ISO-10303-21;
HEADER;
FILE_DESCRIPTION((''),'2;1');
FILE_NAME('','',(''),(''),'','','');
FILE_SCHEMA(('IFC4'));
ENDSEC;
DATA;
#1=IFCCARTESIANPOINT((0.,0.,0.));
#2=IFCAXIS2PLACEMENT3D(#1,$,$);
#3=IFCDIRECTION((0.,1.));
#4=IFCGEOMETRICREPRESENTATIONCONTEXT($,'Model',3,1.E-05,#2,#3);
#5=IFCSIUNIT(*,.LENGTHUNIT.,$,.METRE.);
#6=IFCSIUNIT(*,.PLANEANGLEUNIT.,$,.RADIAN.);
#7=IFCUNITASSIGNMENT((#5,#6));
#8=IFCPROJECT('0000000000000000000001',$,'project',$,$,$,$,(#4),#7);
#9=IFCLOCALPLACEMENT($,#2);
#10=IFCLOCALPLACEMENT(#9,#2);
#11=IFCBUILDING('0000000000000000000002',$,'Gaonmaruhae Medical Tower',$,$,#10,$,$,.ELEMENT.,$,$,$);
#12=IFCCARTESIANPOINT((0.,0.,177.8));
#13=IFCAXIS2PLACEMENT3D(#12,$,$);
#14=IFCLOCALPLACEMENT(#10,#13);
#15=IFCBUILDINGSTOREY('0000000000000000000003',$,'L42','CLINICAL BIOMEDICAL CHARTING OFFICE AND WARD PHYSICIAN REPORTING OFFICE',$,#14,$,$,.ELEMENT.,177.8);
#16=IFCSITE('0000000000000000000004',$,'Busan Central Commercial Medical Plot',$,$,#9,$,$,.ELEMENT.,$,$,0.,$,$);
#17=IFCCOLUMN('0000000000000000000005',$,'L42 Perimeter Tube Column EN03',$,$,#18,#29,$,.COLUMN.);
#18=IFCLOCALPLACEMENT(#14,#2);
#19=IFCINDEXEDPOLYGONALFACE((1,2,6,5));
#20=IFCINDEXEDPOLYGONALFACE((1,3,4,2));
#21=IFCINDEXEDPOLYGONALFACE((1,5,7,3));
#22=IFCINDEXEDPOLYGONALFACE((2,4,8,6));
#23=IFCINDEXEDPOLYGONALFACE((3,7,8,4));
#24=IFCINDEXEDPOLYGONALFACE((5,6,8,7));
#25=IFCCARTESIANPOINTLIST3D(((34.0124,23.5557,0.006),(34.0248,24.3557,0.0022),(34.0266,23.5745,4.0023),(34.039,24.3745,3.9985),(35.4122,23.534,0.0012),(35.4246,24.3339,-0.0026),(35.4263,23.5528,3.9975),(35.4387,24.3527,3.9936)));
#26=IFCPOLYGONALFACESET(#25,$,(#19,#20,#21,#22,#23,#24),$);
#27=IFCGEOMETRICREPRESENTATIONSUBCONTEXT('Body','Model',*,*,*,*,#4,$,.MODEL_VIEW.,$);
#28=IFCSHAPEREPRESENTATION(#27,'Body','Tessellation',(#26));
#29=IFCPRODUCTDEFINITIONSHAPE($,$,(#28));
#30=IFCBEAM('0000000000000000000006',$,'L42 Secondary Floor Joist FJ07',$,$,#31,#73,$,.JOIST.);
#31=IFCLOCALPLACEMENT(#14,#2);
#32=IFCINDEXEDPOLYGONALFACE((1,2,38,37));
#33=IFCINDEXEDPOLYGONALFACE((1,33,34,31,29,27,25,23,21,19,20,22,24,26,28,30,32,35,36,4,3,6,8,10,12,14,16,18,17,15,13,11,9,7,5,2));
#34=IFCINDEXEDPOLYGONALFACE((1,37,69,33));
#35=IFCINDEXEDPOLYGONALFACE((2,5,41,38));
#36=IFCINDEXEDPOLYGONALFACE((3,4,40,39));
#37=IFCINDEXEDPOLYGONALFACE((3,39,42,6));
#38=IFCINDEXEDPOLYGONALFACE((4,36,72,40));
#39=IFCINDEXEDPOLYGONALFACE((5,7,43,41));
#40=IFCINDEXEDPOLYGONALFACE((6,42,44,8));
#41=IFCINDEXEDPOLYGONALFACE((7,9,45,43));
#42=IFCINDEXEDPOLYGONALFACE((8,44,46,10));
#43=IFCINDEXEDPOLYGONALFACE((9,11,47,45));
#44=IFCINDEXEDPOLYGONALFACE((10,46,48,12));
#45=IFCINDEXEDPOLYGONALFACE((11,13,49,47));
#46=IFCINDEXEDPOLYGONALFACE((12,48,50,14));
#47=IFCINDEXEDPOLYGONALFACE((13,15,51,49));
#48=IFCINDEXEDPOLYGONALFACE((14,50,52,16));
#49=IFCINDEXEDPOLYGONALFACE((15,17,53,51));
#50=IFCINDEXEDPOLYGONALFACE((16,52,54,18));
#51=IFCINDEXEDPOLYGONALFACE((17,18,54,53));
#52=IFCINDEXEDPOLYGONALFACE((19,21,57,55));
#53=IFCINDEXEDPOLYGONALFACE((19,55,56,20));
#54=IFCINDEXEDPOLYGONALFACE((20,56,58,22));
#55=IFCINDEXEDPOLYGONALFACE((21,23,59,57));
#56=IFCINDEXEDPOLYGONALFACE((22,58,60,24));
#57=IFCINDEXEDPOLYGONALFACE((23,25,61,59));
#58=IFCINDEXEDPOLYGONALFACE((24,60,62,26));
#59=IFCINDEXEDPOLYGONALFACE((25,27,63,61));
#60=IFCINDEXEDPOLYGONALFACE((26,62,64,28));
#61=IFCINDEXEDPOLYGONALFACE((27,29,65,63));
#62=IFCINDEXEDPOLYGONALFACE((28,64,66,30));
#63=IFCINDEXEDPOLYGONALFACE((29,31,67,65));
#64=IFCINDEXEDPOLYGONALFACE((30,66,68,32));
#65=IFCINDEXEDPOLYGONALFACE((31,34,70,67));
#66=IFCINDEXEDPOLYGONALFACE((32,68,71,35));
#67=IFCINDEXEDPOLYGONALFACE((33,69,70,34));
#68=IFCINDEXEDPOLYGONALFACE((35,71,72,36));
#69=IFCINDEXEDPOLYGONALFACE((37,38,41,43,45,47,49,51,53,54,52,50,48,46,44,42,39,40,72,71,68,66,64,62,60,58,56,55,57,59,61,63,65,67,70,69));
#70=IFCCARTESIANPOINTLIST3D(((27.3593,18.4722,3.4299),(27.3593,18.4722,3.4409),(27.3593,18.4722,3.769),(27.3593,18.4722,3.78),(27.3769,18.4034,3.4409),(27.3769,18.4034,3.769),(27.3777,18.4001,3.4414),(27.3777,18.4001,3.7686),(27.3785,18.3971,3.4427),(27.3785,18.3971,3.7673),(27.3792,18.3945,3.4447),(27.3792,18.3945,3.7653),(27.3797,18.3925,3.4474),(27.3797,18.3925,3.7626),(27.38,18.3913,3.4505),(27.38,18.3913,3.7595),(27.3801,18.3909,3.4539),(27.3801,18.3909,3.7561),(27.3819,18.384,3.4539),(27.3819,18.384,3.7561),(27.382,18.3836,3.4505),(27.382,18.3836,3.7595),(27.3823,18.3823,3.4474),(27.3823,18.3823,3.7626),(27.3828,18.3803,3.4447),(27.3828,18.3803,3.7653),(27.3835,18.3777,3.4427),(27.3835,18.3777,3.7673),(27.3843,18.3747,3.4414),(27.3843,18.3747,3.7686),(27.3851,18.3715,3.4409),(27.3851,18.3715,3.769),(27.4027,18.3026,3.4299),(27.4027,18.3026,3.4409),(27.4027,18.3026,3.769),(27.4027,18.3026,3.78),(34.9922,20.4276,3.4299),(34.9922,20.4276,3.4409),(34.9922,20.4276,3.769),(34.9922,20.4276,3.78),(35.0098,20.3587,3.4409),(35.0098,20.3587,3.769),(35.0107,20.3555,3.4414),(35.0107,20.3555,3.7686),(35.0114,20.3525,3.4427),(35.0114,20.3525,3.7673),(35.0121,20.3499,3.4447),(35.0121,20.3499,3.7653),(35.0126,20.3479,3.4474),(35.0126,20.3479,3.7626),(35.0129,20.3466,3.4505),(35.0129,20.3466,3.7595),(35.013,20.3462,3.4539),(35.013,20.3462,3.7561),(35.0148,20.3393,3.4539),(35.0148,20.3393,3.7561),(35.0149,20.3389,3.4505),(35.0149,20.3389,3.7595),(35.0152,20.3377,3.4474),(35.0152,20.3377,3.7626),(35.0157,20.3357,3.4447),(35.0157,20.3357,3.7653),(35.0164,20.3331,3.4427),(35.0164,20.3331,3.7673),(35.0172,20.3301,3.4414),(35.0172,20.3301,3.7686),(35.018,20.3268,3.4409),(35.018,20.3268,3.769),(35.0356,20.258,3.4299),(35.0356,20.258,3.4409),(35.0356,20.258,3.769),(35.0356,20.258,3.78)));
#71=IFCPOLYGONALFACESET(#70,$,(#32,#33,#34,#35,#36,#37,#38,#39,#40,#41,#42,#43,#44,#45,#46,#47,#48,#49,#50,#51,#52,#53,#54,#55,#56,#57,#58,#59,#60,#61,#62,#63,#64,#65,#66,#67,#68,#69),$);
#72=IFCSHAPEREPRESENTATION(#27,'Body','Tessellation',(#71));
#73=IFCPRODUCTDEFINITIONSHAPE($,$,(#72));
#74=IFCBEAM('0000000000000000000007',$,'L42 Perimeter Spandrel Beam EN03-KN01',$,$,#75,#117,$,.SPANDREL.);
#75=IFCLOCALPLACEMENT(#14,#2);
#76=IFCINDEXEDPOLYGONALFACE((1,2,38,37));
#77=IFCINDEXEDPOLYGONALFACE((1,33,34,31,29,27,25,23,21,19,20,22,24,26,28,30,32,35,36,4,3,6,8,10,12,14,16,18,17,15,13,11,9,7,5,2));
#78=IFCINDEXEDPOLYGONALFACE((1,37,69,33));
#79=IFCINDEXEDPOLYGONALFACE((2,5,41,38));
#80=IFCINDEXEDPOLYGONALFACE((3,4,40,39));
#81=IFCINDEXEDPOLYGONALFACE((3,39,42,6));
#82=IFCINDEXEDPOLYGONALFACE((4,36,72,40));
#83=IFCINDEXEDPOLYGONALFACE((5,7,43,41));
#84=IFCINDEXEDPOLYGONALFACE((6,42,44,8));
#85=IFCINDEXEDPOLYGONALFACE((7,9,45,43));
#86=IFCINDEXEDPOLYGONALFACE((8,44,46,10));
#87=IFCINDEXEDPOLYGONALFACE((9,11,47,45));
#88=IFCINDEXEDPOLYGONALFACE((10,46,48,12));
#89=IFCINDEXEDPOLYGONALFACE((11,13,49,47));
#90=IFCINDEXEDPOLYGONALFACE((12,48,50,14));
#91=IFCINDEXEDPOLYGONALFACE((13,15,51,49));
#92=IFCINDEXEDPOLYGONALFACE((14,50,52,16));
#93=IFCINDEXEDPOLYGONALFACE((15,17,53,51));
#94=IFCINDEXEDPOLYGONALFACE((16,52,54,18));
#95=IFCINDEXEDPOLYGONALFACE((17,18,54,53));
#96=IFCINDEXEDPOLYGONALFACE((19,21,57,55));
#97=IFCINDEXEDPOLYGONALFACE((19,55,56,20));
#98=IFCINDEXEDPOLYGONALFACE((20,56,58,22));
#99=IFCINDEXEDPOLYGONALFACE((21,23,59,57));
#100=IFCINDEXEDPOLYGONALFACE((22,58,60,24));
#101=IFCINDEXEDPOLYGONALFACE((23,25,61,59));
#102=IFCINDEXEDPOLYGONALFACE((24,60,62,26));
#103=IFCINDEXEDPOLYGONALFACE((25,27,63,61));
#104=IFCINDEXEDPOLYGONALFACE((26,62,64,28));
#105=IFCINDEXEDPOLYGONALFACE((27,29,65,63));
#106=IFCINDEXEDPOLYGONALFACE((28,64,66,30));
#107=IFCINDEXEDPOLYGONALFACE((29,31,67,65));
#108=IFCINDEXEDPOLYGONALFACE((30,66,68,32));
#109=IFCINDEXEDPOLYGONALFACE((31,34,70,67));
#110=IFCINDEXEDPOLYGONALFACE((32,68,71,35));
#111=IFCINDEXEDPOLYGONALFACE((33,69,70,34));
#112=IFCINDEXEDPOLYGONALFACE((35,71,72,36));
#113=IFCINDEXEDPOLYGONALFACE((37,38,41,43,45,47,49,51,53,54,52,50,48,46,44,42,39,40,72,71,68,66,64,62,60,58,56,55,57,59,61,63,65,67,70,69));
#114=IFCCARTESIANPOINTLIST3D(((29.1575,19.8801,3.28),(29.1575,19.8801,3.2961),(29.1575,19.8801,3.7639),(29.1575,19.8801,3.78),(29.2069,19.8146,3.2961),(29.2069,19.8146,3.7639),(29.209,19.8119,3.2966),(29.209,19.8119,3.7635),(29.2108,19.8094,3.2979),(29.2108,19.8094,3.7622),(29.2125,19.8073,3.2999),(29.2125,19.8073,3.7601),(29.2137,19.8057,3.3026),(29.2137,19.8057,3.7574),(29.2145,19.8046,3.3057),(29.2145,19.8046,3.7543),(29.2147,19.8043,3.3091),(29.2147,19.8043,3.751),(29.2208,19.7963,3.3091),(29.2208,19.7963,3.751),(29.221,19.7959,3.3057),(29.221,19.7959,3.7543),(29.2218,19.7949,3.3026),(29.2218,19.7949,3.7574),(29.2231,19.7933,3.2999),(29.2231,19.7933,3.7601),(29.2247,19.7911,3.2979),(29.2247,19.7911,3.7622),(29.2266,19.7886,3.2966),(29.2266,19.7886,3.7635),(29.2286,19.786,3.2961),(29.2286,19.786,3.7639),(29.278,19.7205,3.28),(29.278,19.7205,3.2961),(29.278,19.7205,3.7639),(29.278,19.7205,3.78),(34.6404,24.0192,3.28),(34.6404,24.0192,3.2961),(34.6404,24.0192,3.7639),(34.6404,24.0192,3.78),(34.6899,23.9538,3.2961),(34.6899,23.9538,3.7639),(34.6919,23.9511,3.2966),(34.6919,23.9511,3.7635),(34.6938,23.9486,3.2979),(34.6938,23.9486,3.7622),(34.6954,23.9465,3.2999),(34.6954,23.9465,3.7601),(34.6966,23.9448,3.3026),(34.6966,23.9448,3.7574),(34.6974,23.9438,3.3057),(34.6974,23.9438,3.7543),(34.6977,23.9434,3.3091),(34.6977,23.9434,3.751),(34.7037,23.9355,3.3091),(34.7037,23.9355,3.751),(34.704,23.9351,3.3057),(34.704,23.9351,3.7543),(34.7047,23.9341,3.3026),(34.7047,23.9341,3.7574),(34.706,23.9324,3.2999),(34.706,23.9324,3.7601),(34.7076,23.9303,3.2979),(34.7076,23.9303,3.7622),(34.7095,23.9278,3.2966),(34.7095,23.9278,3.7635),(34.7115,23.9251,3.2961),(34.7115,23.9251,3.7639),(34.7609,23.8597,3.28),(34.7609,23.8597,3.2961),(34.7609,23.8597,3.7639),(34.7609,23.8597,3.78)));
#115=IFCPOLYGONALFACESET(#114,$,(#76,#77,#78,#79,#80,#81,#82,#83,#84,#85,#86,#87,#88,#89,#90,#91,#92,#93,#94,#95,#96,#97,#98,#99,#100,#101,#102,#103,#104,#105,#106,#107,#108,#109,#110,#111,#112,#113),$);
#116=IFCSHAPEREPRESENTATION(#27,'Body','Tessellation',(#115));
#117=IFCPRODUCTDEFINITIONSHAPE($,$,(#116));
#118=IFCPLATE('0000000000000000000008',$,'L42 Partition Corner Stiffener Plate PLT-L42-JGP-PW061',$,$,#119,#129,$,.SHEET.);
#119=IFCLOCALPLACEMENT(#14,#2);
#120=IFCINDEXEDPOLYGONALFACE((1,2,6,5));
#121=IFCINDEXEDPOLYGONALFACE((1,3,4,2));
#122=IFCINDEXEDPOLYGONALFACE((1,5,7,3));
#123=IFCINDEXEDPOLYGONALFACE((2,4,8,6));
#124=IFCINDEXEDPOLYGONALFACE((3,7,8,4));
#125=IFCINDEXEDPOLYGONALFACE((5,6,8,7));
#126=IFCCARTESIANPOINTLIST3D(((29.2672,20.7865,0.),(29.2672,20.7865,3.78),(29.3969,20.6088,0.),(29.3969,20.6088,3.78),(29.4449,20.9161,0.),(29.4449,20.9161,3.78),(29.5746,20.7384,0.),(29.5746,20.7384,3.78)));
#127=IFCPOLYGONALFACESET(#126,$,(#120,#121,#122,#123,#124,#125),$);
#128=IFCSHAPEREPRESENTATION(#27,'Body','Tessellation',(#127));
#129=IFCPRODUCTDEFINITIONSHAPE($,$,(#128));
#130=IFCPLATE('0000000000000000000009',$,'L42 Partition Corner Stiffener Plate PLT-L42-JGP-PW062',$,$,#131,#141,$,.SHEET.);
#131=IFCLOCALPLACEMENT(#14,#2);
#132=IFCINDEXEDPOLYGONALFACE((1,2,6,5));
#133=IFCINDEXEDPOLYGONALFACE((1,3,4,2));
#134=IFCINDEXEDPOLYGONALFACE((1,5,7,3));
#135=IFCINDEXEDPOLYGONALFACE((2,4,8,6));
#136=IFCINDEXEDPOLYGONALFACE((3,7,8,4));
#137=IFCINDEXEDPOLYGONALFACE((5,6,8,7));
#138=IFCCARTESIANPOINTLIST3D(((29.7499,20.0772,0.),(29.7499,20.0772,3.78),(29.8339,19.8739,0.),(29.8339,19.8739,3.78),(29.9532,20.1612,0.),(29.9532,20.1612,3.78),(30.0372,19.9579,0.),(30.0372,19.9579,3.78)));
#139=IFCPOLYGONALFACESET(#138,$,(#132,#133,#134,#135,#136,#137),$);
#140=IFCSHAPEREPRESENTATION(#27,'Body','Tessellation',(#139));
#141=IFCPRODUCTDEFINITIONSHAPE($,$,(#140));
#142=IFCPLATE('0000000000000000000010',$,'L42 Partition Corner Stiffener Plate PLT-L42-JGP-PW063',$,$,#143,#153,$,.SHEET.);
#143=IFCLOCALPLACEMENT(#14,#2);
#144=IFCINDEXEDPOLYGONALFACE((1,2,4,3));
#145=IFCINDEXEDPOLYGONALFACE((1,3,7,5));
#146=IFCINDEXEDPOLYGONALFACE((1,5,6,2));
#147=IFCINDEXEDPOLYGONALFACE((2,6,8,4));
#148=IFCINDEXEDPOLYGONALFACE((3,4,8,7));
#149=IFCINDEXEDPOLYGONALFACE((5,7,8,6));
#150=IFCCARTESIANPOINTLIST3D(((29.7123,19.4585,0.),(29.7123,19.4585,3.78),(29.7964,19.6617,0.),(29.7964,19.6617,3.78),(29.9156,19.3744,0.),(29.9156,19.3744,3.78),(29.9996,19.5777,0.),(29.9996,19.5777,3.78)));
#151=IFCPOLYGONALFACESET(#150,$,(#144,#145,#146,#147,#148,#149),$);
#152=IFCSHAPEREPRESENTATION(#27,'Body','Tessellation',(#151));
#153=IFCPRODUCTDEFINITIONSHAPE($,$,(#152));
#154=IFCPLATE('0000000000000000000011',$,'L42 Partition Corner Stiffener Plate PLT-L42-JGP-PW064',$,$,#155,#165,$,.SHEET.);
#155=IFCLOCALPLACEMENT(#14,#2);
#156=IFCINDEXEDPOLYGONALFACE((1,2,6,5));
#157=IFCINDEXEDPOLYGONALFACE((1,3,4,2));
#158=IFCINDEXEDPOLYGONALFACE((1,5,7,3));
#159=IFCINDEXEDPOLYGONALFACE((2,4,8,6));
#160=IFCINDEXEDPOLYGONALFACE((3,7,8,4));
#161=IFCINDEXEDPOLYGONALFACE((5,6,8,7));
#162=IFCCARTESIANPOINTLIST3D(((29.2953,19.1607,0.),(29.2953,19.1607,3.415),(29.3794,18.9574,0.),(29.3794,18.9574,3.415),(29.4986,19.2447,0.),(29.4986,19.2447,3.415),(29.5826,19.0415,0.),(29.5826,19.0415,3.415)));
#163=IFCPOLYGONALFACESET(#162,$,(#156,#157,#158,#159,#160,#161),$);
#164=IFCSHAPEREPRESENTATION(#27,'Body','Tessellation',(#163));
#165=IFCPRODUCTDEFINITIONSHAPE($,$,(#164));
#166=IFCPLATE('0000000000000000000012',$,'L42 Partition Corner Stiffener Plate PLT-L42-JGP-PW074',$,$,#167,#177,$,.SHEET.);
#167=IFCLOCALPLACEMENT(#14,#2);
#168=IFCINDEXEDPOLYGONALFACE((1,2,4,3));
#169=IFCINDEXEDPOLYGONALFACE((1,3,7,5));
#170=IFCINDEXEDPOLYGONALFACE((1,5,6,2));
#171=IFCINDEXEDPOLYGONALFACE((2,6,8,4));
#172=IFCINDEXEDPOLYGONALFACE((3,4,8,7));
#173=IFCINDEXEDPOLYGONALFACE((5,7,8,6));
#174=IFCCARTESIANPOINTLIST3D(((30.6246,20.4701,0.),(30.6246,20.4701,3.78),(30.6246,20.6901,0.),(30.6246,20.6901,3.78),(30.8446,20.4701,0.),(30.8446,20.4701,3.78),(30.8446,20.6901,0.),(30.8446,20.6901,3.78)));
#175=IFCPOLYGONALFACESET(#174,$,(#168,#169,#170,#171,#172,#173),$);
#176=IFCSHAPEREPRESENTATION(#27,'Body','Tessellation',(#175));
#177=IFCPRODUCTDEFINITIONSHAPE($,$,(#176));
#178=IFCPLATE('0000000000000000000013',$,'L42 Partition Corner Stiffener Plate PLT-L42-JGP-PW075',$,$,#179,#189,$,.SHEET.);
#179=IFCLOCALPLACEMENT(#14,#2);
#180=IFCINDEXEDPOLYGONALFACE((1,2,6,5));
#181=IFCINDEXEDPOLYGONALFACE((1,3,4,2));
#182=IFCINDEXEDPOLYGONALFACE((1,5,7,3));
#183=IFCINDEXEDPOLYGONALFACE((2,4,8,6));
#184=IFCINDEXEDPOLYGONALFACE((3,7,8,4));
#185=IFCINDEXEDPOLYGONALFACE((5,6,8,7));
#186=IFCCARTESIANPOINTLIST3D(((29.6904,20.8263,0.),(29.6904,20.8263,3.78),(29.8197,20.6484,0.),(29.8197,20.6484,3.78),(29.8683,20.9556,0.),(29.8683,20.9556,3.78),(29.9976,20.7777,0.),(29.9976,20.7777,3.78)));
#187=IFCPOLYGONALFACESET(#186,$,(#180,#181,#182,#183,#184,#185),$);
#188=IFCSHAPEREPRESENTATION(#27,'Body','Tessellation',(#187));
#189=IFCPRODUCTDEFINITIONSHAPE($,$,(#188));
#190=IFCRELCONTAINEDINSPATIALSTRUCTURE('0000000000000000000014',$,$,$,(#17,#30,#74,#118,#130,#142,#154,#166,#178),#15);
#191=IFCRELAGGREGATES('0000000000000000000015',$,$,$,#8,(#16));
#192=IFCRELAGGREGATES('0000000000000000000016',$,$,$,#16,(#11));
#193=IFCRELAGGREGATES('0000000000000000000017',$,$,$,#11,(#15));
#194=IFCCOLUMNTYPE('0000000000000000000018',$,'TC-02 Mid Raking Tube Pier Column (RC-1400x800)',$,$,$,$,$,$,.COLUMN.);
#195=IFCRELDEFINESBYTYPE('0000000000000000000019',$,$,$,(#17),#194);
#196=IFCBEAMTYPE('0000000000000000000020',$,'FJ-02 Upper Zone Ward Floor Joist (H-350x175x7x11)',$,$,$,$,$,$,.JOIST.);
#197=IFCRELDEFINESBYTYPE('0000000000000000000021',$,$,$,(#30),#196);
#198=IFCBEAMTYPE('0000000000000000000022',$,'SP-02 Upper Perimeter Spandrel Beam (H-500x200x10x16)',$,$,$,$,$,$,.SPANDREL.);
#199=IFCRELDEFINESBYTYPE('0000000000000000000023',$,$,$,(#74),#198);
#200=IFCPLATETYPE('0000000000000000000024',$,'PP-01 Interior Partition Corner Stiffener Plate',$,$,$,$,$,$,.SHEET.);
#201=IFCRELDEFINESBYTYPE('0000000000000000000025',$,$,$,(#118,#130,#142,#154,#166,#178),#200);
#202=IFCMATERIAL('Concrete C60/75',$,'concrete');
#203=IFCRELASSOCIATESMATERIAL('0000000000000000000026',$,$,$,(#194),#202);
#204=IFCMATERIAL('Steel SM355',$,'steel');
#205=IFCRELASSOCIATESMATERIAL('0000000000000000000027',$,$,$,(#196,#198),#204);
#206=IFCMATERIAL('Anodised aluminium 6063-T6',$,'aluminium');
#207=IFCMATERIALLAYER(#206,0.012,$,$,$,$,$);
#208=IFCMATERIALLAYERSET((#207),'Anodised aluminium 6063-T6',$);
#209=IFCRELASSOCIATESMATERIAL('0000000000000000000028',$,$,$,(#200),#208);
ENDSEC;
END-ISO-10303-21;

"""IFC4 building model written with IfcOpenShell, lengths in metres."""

from ifc_helpers import new_model, si_unit, direction, frame, origin, origin_2d, place, context, subcontext, project, spatial, rectangle, i_section, extrude, material, layer, layer_set, material_profile, profile_set, type_object, element, save


model = new_model("IFC4")

# Units and contexts
model_context = context("Model", 3, precision=1e-05, world=origin(), true_north=direction((0.0, 1.0)))
body_context = subcontext(model_context, "Body", "Model", "MODEL_VIEW")
ifc_project = project(units=[si_unit("LENGTHUNIT", "METRE"), si_unit("PLANEANGLEUNIT", "RADIAN")], contexts=[model_context])

# Site, building, storey
site_placement = place(None, origin())
site = spatial("IfcSite", under=ifc_project, at=site_placement, Name="Busan Central Commercial Medical Plot", CompositionType="ELEMENT", RefElevation=0.0)
building_placement = place(site_placement, origin())
building = spatial("IfcBuilding", under=site, at=building_placement, Name="Gaonmaruhae Medical Tower", CompositionType="ELEMENT")
storey_placement = place(building_placement, frame((0.0, 0.0, 177.8)))
storey = spatial("IfcBuildingStorey", under=building, at=storey_placement, Name="L42", Description="CLINICAL BIOMEDICAL CHARTING OFFICE AND WARD PHYSICIAN REPORTING OFFICE", CompositionType="ELEMENT", Elevation=177.8)

# Column
ifc_material_1 = material(Name="Concrete C60/75", Category="concrete")
ifc_material_profile_1 = material_profile(ifc_material_1, rectangle(XDim=1.3999, YDim=0.8, at=origin_2d()), Name="RC-1400x800")
ifc_profile_set_1 = profile_set([ifc_material_profile_1], Name="Concrete C60/75")
column_type = type_object("IfcColumnType", Name="TC-02 Mid Raking Tube Pier Column (RC-1400x800)", PredefinedType="COLUMN", material=ifc_profile_set_1)
column_placement = place(storey_placement, frame((34.7185, 23.9448, 0.0017), z_axis=(0.003543, 0.004704, 0.999983), x_axis=(-0.999874, 0.015519, 0.00347)))
element("IfcColumn", 1, at=column_placement, inside=storey, type_object=column_type, Name="L42 Perimeter Tube Column EN03", PredefinedType="COLUMN", context=body_context, shape_type="SweptSolid", body=[
    extrude(rectangle(XDim=1.3999, YDim=0.8, at=origin_2d()), origin(), (0.0, 0.0, 1.0), 3.9963),
])

# Beams
ifc_material_2 = material(Name="Steel SM355", Category="steel")
ifc_material_profile_2 = material_profile(ifc_material_2, i_section(OverallWidth=0.175, OverallDepth=0.3501, WebThickness=0.0071, FlangeThickness=0.011, FilletRadius=0.0129, at=origin_2d()), Name="H-350x175x7x11")
ifc_profile_set_2 = profile_set([ifc_material_profile_2], Name="Steel SM355")
beam_type_1 = type_object("IfcBeamType", Name="FJ-02 Upper Zone Ward Floor Joist (H-350x175x7x11)", PredefinedType="JOIST", material=ifc_profile_set_2)
beam_1_placement = place(storey_placement, frame((35.0139, 20.3428, 3.605), z_axis=(-0.968719, -0.24816, 0.0), x_axis=(0.24816, -0.968719, 0.0)))
element("IfcBeam", 2, at=beam_1_placement, inside=storey, type_object=beam_type_1, Name="L42 Secondary Floor Joist FJ07", PredefinedType="JOIST", context=body_context, shape_type="SweptSolid", body=[
    extrude(i_section(OverallWidth=0.175, OverallDepth=0.3501, WebThickness=0.0071, FlangeThickness=0.011, FilletRadius=0.0129, at=origin_2d()), origin(), (0.0, 0.0, 1.0), 7.8794),
])
ifc_material_profile_3 = material_profile(ifc_material_2, i_section(OverallWidth=0.2, OverallDepth=0.5, WebThickness=0.01, FlangeThickness=0.0161, FilletRadius=0.0129, at=origin_2d()), Name="H-500x200x10x16")
ifc_profile_set_3 = profile_set([ifc_material_profile_3], Name="Steel SM355")
beam_type_2 = type_object("IfcBeamType", Name="SP-02 Upper Perimeter Spandrel Beam (H-500x200x10x16)", PredefinedType="SPANDREL", material=ifc_profile_set_3)
beam_2_placement = place(storey_placement, frame((34.7007, 23.9395, 3.53), z_axis=(-0.798111, -0.60251, 0.0), x_axis=(0.60251, -0.798111, 0.0)))
element("IfcBeam", 3, at=beam_2_placement, inside=storey, type_object=beam_type_2, Name="L42 Perimeter Spandrel Beam EN03-KN01", PredefinedType="SPANDREL", context=body_context, shape_type="SweptSolid", body=[
    extrude(i_section(OverallWidth=0.2, OverallDepth=0.5, WebThickness=0.01, FlangeThickness=0.0161, FilletRadius=0.0129, at=origin_2d()), origin(), (0.0, 0.0, 1.0), 6.8699),
])

# Plates
ifc_material_3 = material(Name="Anodised aluminium 6063-T6", Category="aluminium")
ifc_layer_1 = layer(ifc_material_3, 0.012)
ifc_layer_set_1 = layer_set([ifc_layer_1], Name="Anodised aluminium 6063-T6")
plate_type = type_object("IfcPlateType", Name="PP-01 Interior Partition Corner Stiffener Plate", PredefinedType="SHEET", material=ifc_layer_set_1)
for number, where, z_axis, x_axis, name in (
    (4, (29.4209, 20.7625, 0.0), (0.0, 0.0, 1.0), (0.807764, 0.589507, 0.0), "L42 Partition Corner Stiffener Plate PLT-L42-JGP-PW061"),
    (5, (29.8936, 20.0176, 0.0), (0.0, 0.0, 1.0), (0.381893, -0.924206, 0.0), "L42 Partition Corner Stiffener Plate PLT-L42-JGP-PW062"),
    (6, (29.856, 19.5181, 0.0), (0.0, 0.0, 1.0), (-0.382167, -0.924093, 0.0), "L42 Partition Corner Stiffener Plate PLT-L42-JGP-PW063"),
):
    element("IfcPlate", number, at=place(storey_placement, frame(where, z_axis=z_axis, x_axis=x_axis)), inside=storey, type_object=plate_type, Name=name, PredefinedType="SHEET", context=body_context, shape_type="SweptSolid", body=[
        extrude(rectangle(XDim=0.22, YDim=0.22, at=origin_2d()), origin(), (0.0, 0.0, 1.0), 3.78),
    ])
plate_placement = place(storey_placement, frame((29.439, 19.1011, 0.0), z_axis=(0.0, 0.0, 1.0), x_axis=(-0.924093, -0.382167, 0.0)))
element("IfcPlate", 7, at=plate_placement, inside=storey, type_object=plate_type, Name="L42 Partition Corner Stiffener Plate PLT-L42-JGP-PW064", PredefinedType="SHEET", context=body_context, shape_type="SweptSolid", body=[
    extrude(rectangle(XDim=0.22, YDim=0.22, at=origin_2d()), origin(), (0.0, 0.0, 1.0), 3.415),
])
for number, where, z_axis, x_axis, name in (
    (8, (30.7346, 20.5801, 0.0), (0.0, 0.0, 1.0), (-1.0, 0.0, 0.0), "L42 Partition Corner Stiffener Plate PLT-L42-JGP-PW074"),
    (9, (29.844, 20.802, 0.0), (0.0, 0.0, 1.0), (-0.588166, 0.80874, 0.0), "L42 Partition Corner Stiffener Plate PLT-L42-JGP-PW075"),
):
    element("IfcPlate", number, at=place(storey_placement, frame(where, z_axis=z_axis, x_axis=x_axis)), inside=storey, type_object=plate_type, Name=name, PredefinedType="SHEET", context=body_context, shape_type="SweptSolid", body=[
        extrude(rectangle(XDim=0.22, YDim=0.22, at=origin_2d()), origin(), (0.0, 0.0, 1.0), 3.78),
    ])

save(model, "model.ifc")
